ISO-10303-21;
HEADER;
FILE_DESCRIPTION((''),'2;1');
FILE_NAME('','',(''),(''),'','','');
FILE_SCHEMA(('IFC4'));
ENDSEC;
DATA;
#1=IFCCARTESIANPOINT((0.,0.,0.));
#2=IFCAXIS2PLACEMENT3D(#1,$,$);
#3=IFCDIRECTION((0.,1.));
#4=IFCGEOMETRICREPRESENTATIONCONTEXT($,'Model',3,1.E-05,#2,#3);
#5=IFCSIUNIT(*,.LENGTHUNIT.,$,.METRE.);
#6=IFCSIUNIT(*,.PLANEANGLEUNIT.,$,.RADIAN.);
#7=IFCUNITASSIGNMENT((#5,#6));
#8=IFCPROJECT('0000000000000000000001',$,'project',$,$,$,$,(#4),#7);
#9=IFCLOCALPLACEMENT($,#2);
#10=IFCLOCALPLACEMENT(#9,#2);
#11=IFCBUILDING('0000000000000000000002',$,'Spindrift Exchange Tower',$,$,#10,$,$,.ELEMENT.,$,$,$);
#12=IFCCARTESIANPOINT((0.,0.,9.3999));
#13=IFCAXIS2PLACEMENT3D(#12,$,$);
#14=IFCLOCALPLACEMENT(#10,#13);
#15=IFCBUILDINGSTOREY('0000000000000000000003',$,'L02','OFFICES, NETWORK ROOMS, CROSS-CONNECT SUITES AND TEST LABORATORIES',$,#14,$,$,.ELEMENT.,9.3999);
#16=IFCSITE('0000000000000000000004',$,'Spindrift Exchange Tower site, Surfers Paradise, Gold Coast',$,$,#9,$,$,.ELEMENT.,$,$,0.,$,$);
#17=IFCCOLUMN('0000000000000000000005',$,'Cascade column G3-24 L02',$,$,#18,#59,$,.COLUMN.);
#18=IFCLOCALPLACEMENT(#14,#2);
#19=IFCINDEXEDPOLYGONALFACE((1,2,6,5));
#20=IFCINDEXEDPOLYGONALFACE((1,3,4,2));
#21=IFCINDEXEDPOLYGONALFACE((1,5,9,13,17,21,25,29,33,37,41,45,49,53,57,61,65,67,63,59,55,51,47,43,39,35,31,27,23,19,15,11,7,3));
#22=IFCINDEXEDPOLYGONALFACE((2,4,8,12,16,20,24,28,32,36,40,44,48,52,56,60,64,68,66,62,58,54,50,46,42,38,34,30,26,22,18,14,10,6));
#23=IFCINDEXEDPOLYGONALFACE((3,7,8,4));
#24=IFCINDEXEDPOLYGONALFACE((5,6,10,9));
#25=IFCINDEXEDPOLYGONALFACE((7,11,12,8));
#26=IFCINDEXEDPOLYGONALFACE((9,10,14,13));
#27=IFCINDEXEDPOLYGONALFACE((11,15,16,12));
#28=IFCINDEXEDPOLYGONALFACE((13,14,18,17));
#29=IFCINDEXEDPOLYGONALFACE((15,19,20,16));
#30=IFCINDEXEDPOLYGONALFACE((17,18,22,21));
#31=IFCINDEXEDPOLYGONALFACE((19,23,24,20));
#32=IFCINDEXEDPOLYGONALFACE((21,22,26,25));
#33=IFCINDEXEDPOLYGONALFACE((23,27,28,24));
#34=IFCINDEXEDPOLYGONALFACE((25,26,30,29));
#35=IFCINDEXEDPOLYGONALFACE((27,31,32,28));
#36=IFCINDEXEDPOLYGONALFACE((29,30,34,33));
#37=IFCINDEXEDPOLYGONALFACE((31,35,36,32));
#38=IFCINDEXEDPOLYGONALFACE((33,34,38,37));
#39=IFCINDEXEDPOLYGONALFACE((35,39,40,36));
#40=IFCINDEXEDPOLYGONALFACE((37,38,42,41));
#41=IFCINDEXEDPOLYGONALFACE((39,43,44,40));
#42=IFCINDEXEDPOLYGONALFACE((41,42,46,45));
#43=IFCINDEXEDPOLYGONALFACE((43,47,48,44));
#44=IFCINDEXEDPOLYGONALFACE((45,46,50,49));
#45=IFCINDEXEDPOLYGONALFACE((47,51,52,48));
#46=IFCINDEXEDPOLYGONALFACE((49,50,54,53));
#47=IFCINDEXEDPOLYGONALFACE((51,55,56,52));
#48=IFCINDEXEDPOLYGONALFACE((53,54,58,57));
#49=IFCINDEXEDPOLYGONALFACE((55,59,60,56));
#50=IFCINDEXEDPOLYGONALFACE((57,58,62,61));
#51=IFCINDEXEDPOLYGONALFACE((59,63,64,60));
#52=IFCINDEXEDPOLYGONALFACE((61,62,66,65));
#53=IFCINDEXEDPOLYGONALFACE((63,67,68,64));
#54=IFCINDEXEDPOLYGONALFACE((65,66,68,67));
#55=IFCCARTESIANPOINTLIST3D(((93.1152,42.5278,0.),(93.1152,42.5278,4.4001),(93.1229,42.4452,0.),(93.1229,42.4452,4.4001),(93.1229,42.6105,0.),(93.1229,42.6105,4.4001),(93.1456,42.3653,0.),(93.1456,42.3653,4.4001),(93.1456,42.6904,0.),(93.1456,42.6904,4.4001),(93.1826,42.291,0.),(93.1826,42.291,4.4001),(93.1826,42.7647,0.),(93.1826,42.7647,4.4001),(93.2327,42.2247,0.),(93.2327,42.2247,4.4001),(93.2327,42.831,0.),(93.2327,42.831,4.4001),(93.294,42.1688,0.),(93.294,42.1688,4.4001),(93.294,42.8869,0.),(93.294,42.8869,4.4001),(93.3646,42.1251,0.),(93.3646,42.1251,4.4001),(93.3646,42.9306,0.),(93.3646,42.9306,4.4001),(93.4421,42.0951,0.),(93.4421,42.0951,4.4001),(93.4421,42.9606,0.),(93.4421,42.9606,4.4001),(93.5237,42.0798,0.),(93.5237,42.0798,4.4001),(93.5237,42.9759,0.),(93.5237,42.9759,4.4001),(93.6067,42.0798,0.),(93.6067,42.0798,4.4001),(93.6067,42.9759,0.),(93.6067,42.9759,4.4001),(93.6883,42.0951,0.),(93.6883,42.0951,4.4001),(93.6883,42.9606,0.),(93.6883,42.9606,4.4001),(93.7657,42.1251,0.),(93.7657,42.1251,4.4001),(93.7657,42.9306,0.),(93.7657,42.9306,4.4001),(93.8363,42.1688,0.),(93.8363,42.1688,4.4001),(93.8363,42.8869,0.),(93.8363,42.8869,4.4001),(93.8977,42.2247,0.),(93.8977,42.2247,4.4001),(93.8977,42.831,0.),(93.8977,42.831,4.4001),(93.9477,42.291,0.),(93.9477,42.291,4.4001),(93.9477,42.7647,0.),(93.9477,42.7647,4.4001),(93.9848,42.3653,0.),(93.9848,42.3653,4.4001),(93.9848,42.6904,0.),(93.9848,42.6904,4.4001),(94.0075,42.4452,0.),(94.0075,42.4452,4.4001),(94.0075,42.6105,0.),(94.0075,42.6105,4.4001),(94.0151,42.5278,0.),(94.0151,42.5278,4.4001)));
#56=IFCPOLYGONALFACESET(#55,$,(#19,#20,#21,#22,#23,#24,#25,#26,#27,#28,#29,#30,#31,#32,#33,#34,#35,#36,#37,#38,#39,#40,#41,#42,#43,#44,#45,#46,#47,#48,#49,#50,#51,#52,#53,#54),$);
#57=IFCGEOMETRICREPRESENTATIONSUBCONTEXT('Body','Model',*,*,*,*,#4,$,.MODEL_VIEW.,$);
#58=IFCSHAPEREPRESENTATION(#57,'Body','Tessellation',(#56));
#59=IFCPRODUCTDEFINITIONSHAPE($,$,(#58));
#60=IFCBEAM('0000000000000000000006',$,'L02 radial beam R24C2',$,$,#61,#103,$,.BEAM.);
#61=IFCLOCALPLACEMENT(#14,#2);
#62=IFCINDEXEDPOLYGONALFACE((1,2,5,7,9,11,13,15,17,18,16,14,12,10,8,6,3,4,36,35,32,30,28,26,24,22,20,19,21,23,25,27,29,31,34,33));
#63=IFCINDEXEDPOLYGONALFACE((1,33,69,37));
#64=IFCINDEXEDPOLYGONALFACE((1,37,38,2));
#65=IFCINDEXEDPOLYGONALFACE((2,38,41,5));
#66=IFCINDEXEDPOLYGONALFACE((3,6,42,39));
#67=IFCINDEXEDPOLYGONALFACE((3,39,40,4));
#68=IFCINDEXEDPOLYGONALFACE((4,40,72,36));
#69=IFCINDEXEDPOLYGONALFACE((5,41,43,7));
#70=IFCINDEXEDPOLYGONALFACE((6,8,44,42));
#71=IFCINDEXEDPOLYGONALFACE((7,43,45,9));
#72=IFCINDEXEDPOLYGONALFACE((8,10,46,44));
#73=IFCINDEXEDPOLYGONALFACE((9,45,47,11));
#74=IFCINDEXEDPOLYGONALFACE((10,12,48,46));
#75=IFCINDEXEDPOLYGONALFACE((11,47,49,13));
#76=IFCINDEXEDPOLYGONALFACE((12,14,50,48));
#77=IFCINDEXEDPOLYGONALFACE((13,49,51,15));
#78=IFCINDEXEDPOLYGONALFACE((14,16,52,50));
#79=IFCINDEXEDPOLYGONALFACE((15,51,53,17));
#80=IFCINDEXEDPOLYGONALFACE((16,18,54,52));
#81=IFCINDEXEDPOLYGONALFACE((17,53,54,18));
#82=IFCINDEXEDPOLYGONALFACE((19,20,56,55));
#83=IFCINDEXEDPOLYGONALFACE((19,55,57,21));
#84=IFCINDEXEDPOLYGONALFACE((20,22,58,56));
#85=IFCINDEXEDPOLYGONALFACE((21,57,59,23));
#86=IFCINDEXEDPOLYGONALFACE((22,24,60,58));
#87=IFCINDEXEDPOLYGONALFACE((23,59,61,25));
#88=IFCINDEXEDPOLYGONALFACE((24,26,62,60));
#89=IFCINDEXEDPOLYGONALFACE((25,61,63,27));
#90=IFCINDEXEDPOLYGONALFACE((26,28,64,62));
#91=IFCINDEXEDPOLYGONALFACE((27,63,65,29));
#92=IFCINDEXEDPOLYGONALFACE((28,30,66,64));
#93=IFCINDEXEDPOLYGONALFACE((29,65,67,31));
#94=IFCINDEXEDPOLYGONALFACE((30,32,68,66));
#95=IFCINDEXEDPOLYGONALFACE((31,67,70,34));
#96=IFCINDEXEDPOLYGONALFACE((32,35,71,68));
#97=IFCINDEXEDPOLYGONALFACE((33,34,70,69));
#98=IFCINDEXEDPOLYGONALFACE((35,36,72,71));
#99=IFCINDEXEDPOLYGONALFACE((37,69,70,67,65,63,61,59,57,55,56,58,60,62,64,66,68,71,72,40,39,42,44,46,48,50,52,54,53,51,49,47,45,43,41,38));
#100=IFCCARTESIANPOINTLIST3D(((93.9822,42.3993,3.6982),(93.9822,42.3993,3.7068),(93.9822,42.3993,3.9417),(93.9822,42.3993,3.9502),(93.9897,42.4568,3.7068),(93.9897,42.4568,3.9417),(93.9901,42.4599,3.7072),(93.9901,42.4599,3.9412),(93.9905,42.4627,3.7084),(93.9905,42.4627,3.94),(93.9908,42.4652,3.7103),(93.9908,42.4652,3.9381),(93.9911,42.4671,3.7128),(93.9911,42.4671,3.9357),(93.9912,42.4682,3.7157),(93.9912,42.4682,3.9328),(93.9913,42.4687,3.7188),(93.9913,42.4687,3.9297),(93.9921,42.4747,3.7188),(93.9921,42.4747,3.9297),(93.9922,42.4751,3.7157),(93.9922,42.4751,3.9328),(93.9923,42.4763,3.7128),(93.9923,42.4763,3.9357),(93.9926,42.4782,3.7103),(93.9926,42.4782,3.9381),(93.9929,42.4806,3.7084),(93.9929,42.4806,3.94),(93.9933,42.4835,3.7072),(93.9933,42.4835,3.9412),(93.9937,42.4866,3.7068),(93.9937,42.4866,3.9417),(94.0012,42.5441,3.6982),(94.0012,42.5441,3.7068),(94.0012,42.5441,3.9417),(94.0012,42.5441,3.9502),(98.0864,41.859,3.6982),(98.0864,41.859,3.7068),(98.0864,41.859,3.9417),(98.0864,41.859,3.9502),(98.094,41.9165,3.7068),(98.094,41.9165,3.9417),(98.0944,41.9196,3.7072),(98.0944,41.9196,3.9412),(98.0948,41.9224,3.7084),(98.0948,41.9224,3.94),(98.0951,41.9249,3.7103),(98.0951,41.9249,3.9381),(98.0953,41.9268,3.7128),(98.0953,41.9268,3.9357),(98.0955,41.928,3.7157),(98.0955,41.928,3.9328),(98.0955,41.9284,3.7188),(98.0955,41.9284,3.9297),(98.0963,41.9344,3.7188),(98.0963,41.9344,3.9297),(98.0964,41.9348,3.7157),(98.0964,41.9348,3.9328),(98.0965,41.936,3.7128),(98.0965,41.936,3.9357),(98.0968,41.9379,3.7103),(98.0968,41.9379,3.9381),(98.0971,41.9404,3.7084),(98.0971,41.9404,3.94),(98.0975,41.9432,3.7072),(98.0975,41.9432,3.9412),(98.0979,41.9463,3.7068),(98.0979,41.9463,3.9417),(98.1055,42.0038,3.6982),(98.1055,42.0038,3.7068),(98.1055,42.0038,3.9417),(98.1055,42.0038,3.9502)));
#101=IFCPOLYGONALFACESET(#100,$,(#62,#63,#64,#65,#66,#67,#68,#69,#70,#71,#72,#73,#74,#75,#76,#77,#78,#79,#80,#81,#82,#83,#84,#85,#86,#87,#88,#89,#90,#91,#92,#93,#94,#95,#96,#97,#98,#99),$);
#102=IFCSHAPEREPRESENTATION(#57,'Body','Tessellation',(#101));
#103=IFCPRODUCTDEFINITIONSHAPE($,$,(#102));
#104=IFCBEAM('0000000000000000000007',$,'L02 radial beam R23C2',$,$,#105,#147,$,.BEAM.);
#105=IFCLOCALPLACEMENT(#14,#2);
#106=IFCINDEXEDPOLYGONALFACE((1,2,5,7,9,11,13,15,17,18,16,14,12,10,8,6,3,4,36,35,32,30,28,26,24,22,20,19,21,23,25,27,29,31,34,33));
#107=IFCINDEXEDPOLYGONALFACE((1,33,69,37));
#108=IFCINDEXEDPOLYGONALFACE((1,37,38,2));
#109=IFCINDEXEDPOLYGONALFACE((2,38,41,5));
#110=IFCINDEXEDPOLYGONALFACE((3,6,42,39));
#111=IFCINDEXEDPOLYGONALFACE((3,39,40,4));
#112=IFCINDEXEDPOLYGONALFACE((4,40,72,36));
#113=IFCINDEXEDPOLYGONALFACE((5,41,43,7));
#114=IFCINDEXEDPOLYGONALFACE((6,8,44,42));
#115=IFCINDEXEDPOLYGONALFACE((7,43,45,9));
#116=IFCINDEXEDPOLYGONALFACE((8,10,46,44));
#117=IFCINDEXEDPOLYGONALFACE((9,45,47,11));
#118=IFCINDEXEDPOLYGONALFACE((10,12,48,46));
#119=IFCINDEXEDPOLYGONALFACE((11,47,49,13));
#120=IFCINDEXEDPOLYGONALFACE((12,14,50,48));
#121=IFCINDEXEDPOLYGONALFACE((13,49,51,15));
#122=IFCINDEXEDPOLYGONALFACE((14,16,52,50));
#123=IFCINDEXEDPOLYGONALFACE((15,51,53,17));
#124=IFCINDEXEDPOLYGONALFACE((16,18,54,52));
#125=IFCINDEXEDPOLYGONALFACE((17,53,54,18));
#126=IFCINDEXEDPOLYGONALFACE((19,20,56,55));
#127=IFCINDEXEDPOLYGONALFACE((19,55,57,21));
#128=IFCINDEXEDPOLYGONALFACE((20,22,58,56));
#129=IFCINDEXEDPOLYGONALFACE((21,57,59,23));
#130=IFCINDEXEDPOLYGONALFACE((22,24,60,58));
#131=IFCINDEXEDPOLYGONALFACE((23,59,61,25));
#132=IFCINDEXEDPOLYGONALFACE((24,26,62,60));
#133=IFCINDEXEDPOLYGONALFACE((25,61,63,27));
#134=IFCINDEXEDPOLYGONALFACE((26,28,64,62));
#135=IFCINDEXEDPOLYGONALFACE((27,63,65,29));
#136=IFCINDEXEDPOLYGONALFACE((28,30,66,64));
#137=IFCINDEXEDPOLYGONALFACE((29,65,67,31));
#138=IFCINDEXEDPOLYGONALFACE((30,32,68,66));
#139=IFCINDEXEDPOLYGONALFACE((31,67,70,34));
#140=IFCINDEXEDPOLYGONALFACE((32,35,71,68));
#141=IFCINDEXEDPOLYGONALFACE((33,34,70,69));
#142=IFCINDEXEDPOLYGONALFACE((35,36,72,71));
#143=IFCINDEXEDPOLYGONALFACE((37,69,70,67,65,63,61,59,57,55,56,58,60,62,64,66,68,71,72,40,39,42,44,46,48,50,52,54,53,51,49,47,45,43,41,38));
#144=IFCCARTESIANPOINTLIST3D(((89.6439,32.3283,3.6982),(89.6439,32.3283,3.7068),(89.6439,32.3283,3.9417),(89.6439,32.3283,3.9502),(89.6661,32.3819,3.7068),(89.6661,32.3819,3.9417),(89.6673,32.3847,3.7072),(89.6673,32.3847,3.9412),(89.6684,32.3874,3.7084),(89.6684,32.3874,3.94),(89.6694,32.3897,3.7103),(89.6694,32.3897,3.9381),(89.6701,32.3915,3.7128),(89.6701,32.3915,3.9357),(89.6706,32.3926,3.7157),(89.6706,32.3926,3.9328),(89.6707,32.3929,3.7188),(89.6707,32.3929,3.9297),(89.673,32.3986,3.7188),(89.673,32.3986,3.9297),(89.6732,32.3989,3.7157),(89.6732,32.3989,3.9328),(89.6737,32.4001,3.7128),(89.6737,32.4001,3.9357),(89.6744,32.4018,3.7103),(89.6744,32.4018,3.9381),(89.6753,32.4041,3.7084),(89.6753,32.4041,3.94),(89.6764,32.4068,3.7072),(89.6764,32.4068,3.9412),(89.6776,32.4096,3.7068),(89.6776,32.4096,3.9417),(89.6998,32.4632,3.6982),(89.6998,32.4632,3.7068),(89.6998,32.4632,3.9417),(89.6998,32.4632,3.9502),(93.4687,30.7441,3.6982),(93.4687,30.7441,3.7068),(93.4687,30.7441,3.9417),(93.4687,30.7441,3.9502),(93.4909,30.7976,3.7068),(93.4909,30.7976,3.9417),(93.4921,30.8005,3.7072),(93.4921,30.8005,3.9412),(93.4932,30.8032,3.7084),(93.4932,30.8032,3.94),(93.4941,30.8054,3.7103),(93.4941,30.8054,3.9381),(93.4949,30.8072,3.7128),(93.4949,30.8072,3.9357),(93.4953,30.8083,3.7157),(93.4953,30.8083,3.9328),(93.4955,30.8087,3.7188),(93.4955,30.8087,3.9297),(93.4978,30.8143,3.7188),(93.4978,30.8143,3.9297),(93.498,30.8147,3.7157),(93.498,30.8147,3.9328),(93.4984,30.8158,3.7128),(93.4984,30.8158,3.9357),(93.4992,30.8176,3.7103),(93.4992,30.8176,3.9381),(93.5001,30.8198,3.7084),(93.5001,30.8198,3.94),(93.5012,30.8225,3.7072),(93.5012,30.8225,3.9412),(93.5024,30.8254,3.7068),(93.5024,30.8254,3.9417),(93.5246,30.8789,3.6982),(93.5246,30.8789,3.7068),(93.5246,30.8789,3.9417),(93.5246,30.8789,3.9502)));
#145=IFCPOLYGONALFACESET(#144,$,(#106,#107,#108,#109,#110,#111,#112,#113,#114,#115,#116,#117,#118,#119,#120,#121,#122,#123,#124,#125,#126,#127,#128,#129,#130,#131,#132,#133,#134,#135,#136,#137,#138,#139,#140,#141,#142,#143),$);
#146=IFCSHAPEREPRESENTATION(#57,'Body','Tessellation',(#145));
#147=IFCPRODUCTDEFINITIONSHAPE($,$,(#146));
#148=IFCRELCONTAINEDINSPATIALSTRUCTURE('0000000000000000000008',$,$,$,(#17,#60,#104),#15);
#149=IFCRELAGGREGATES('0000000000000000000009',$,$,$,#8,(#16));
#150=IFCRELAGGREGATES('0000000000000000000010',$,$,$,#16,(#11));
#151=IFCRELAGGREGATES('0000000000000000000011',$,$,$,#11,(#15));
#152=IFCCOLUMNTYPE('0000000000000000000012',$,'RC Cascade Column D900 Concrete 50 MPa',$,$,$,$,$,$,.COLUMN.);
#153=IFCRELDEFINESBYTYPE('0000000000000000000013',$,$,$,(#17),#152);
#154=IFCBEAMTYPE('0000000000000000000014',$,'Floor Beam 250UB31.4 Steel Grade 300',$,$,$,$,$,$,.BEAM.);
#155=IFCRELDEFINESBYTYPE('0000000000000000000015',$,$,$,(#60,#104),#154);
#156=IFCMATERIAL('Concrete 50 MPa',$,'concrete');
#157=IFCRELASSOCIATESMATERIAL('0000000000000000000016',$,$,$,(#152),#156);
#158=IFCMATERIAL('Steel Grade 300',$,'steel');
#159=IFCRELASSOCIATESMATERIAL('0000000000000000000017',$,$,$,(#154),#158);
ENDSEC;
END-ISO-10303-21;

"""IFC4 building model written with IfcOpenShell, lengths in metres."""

from ifc_helpers import new_model, si_unit, direction, frame, origin, origin_2d, place, context, subcontext, project, spatial, circle, i_section, extrude, source, transform, mapped, material, material_profile, profile_set, type_object, element, save


model = new_model("IFC4")

# Units and contexts
model_context = context("Model", 3, precision=1e-05, world=origin(), true_north=direction((0.0, 1.0)))
body_context = subcontext(model_context, "Body", "Model", "MODEL_VIEW")
ifc_project = project(units=[si_unit("LENGTHUNIT", "METRE"), si_unit("PLANEANGLEUNIT", "RADIAN")], contexts=[model_context])

# Site, building, storey
site_placement = place(None, origin())
site = spatial("IfcSite", under=ifc_project, at=site_placement, Name="Spindrift Exchange Tower site, Surfers Paradise, Gold Coast", CompositionType="ELEMENT", RefElevation=0.0)
building_placement = place(site_placement, origin())
building = spatial("IfcBuilding", under=site, at=building_placement, Name="Spindrift Exchange Tower", CompositionType="ELEMENT")
storey_placement = place(building_placement, frame((0.0, 0.0, 9.3999)))
storey = spatial("IfcBuildingStorey", under=building, at=storey_placement, Name="L02", Description="OFFICES, NETWORK ROOMS, CROSS-CONNECT SUITES AND TEST LABORATORIES", CompositionType="ELEMENT", Elevation=9.3999)

# Column
ifc_material_1 = material(Name="Concrete 50 MPa", Category="concrete")
ifc_material_profile_1 = material_profile(ifc_material_1, circle(Radius=0.45, at=origin_2d()), Name="RC D900")
ifc_profile_set_1 = profile_set([ifc_material_profile_1], Name="Concrete 50 MPa")
column_type_1 = type_object("IfcColumnType", Name="RC Cascade Column D900 Concrete 50 MPa", PredefinedType="COLUMN", material=ifc_profile_set_1)
shared_shape_1 = source(origin(), body_context, "Body", "SweptSolid", [
    extrude(circle(Radius=0.45, at=origin_2d()), origin(), (0.0, 0.0, 1.0), 4.4001),
])
for number, where, z_axis, x_axis, name in (
    (1, (93.5652, 42.5278, 0.0), (0.0, 0.0, 1.0), (1.0, 0.0, 0.0), "Cascade column G3-24 L02"),
):
    element("IfcColumn", number, at=place(storey_placement, frame(where, z_axis=z_axis, x_axis=x_axis)), inside=storey, type_object=column_type_1, Name=name, PredefinedType="COLUMN", context=body_context, shape_type="MappedRepresentation", body=[
        mapped(shared_shape_1, transform((0.0, 0.0, 0.0), scale=1.0)),
    ])

# Beams
ifc_material_2 = material(Name="Steel Grade 300", Category="steel")
ifc_material_profile_2 = material_profile(ifc_material_2, i_section(OverallWidth=0.146, OverallDepth=0.252, WebThickness=0.0061, FlangeThickness=0.0085, FilletRadius=0.012, at=origin_2d()), Name="250UB31.4")
ifc_profile_set_2 = profile_set([ifc_material_profile_2], Name="Steel Grade 300")
beam_type_1 = type_object("IfcBeamType", Name="Floor Beam 250UB31.4 Steel Grade 300", PredefinedType="BEAM", material=ifc_profile_set_2)
shared_shape_2 = source(origin(), body_context, "Body", "SweptSolid", [
    extrude(i_section(OverallWidth=0.146, OverallDepth=0.252, WebThickness=0.0061, FlangeThickness=0.0085, FilletRadius=0.012, at=origin_2d()), origin(), (0.0, 0.0, 1.0), 4.1396),
])
beam_1_placement = place(storey_placement, frame((93.9917, 42.4717, 3.8242), z_axis=(0.991446, -0.130514, 0.0), x_axis=(0.130514, 0.991446, 0.0)))
element("IfcBeam", 2, at=beam_1_placement, inside=storey, type_object=beam_type_1, Name="L02 radial beam R24C2", PredefinedType="BEAM", context=body_context, shape_type="MappedRepresentation", body=[
    mapped(shared_shape_2, transform((0.0, 0.0, 0.0), scale=1.0)),
])
shared_shape_3 = source(origin(), body_context, "Body", "SweptSolid", [
    extrude(i_section(OverallWidth=0.146, OverallDepth=0.252, WebThickness=0.0061, FlangeThickness=0.0085, FilletRadius=0.012, at=origin_2d()), origin(), (0.0, 0.0, 1.0), 4.1399),
])
beam_2_placement = place(storey_placement, frame((89.6719, 32.3958, 3.8242), z_axis=(0.923881, -0.38268, 0.0), x_axis=(0.38268, 0.923881, 0.0)))
element("IfcBeam", 3, at=beam_2_placement, inside=storey, type_object=beam_type_1, Name="L02 radial beam R23C2", PredefinedType="BEAM", context=body_context, shape_type="MappedRepresentation", body=[
    mapped(shared_shape_3, transform((0.0, 0.0, 0.0), scale=1.0)),
])

save(model, "model.ifc")
